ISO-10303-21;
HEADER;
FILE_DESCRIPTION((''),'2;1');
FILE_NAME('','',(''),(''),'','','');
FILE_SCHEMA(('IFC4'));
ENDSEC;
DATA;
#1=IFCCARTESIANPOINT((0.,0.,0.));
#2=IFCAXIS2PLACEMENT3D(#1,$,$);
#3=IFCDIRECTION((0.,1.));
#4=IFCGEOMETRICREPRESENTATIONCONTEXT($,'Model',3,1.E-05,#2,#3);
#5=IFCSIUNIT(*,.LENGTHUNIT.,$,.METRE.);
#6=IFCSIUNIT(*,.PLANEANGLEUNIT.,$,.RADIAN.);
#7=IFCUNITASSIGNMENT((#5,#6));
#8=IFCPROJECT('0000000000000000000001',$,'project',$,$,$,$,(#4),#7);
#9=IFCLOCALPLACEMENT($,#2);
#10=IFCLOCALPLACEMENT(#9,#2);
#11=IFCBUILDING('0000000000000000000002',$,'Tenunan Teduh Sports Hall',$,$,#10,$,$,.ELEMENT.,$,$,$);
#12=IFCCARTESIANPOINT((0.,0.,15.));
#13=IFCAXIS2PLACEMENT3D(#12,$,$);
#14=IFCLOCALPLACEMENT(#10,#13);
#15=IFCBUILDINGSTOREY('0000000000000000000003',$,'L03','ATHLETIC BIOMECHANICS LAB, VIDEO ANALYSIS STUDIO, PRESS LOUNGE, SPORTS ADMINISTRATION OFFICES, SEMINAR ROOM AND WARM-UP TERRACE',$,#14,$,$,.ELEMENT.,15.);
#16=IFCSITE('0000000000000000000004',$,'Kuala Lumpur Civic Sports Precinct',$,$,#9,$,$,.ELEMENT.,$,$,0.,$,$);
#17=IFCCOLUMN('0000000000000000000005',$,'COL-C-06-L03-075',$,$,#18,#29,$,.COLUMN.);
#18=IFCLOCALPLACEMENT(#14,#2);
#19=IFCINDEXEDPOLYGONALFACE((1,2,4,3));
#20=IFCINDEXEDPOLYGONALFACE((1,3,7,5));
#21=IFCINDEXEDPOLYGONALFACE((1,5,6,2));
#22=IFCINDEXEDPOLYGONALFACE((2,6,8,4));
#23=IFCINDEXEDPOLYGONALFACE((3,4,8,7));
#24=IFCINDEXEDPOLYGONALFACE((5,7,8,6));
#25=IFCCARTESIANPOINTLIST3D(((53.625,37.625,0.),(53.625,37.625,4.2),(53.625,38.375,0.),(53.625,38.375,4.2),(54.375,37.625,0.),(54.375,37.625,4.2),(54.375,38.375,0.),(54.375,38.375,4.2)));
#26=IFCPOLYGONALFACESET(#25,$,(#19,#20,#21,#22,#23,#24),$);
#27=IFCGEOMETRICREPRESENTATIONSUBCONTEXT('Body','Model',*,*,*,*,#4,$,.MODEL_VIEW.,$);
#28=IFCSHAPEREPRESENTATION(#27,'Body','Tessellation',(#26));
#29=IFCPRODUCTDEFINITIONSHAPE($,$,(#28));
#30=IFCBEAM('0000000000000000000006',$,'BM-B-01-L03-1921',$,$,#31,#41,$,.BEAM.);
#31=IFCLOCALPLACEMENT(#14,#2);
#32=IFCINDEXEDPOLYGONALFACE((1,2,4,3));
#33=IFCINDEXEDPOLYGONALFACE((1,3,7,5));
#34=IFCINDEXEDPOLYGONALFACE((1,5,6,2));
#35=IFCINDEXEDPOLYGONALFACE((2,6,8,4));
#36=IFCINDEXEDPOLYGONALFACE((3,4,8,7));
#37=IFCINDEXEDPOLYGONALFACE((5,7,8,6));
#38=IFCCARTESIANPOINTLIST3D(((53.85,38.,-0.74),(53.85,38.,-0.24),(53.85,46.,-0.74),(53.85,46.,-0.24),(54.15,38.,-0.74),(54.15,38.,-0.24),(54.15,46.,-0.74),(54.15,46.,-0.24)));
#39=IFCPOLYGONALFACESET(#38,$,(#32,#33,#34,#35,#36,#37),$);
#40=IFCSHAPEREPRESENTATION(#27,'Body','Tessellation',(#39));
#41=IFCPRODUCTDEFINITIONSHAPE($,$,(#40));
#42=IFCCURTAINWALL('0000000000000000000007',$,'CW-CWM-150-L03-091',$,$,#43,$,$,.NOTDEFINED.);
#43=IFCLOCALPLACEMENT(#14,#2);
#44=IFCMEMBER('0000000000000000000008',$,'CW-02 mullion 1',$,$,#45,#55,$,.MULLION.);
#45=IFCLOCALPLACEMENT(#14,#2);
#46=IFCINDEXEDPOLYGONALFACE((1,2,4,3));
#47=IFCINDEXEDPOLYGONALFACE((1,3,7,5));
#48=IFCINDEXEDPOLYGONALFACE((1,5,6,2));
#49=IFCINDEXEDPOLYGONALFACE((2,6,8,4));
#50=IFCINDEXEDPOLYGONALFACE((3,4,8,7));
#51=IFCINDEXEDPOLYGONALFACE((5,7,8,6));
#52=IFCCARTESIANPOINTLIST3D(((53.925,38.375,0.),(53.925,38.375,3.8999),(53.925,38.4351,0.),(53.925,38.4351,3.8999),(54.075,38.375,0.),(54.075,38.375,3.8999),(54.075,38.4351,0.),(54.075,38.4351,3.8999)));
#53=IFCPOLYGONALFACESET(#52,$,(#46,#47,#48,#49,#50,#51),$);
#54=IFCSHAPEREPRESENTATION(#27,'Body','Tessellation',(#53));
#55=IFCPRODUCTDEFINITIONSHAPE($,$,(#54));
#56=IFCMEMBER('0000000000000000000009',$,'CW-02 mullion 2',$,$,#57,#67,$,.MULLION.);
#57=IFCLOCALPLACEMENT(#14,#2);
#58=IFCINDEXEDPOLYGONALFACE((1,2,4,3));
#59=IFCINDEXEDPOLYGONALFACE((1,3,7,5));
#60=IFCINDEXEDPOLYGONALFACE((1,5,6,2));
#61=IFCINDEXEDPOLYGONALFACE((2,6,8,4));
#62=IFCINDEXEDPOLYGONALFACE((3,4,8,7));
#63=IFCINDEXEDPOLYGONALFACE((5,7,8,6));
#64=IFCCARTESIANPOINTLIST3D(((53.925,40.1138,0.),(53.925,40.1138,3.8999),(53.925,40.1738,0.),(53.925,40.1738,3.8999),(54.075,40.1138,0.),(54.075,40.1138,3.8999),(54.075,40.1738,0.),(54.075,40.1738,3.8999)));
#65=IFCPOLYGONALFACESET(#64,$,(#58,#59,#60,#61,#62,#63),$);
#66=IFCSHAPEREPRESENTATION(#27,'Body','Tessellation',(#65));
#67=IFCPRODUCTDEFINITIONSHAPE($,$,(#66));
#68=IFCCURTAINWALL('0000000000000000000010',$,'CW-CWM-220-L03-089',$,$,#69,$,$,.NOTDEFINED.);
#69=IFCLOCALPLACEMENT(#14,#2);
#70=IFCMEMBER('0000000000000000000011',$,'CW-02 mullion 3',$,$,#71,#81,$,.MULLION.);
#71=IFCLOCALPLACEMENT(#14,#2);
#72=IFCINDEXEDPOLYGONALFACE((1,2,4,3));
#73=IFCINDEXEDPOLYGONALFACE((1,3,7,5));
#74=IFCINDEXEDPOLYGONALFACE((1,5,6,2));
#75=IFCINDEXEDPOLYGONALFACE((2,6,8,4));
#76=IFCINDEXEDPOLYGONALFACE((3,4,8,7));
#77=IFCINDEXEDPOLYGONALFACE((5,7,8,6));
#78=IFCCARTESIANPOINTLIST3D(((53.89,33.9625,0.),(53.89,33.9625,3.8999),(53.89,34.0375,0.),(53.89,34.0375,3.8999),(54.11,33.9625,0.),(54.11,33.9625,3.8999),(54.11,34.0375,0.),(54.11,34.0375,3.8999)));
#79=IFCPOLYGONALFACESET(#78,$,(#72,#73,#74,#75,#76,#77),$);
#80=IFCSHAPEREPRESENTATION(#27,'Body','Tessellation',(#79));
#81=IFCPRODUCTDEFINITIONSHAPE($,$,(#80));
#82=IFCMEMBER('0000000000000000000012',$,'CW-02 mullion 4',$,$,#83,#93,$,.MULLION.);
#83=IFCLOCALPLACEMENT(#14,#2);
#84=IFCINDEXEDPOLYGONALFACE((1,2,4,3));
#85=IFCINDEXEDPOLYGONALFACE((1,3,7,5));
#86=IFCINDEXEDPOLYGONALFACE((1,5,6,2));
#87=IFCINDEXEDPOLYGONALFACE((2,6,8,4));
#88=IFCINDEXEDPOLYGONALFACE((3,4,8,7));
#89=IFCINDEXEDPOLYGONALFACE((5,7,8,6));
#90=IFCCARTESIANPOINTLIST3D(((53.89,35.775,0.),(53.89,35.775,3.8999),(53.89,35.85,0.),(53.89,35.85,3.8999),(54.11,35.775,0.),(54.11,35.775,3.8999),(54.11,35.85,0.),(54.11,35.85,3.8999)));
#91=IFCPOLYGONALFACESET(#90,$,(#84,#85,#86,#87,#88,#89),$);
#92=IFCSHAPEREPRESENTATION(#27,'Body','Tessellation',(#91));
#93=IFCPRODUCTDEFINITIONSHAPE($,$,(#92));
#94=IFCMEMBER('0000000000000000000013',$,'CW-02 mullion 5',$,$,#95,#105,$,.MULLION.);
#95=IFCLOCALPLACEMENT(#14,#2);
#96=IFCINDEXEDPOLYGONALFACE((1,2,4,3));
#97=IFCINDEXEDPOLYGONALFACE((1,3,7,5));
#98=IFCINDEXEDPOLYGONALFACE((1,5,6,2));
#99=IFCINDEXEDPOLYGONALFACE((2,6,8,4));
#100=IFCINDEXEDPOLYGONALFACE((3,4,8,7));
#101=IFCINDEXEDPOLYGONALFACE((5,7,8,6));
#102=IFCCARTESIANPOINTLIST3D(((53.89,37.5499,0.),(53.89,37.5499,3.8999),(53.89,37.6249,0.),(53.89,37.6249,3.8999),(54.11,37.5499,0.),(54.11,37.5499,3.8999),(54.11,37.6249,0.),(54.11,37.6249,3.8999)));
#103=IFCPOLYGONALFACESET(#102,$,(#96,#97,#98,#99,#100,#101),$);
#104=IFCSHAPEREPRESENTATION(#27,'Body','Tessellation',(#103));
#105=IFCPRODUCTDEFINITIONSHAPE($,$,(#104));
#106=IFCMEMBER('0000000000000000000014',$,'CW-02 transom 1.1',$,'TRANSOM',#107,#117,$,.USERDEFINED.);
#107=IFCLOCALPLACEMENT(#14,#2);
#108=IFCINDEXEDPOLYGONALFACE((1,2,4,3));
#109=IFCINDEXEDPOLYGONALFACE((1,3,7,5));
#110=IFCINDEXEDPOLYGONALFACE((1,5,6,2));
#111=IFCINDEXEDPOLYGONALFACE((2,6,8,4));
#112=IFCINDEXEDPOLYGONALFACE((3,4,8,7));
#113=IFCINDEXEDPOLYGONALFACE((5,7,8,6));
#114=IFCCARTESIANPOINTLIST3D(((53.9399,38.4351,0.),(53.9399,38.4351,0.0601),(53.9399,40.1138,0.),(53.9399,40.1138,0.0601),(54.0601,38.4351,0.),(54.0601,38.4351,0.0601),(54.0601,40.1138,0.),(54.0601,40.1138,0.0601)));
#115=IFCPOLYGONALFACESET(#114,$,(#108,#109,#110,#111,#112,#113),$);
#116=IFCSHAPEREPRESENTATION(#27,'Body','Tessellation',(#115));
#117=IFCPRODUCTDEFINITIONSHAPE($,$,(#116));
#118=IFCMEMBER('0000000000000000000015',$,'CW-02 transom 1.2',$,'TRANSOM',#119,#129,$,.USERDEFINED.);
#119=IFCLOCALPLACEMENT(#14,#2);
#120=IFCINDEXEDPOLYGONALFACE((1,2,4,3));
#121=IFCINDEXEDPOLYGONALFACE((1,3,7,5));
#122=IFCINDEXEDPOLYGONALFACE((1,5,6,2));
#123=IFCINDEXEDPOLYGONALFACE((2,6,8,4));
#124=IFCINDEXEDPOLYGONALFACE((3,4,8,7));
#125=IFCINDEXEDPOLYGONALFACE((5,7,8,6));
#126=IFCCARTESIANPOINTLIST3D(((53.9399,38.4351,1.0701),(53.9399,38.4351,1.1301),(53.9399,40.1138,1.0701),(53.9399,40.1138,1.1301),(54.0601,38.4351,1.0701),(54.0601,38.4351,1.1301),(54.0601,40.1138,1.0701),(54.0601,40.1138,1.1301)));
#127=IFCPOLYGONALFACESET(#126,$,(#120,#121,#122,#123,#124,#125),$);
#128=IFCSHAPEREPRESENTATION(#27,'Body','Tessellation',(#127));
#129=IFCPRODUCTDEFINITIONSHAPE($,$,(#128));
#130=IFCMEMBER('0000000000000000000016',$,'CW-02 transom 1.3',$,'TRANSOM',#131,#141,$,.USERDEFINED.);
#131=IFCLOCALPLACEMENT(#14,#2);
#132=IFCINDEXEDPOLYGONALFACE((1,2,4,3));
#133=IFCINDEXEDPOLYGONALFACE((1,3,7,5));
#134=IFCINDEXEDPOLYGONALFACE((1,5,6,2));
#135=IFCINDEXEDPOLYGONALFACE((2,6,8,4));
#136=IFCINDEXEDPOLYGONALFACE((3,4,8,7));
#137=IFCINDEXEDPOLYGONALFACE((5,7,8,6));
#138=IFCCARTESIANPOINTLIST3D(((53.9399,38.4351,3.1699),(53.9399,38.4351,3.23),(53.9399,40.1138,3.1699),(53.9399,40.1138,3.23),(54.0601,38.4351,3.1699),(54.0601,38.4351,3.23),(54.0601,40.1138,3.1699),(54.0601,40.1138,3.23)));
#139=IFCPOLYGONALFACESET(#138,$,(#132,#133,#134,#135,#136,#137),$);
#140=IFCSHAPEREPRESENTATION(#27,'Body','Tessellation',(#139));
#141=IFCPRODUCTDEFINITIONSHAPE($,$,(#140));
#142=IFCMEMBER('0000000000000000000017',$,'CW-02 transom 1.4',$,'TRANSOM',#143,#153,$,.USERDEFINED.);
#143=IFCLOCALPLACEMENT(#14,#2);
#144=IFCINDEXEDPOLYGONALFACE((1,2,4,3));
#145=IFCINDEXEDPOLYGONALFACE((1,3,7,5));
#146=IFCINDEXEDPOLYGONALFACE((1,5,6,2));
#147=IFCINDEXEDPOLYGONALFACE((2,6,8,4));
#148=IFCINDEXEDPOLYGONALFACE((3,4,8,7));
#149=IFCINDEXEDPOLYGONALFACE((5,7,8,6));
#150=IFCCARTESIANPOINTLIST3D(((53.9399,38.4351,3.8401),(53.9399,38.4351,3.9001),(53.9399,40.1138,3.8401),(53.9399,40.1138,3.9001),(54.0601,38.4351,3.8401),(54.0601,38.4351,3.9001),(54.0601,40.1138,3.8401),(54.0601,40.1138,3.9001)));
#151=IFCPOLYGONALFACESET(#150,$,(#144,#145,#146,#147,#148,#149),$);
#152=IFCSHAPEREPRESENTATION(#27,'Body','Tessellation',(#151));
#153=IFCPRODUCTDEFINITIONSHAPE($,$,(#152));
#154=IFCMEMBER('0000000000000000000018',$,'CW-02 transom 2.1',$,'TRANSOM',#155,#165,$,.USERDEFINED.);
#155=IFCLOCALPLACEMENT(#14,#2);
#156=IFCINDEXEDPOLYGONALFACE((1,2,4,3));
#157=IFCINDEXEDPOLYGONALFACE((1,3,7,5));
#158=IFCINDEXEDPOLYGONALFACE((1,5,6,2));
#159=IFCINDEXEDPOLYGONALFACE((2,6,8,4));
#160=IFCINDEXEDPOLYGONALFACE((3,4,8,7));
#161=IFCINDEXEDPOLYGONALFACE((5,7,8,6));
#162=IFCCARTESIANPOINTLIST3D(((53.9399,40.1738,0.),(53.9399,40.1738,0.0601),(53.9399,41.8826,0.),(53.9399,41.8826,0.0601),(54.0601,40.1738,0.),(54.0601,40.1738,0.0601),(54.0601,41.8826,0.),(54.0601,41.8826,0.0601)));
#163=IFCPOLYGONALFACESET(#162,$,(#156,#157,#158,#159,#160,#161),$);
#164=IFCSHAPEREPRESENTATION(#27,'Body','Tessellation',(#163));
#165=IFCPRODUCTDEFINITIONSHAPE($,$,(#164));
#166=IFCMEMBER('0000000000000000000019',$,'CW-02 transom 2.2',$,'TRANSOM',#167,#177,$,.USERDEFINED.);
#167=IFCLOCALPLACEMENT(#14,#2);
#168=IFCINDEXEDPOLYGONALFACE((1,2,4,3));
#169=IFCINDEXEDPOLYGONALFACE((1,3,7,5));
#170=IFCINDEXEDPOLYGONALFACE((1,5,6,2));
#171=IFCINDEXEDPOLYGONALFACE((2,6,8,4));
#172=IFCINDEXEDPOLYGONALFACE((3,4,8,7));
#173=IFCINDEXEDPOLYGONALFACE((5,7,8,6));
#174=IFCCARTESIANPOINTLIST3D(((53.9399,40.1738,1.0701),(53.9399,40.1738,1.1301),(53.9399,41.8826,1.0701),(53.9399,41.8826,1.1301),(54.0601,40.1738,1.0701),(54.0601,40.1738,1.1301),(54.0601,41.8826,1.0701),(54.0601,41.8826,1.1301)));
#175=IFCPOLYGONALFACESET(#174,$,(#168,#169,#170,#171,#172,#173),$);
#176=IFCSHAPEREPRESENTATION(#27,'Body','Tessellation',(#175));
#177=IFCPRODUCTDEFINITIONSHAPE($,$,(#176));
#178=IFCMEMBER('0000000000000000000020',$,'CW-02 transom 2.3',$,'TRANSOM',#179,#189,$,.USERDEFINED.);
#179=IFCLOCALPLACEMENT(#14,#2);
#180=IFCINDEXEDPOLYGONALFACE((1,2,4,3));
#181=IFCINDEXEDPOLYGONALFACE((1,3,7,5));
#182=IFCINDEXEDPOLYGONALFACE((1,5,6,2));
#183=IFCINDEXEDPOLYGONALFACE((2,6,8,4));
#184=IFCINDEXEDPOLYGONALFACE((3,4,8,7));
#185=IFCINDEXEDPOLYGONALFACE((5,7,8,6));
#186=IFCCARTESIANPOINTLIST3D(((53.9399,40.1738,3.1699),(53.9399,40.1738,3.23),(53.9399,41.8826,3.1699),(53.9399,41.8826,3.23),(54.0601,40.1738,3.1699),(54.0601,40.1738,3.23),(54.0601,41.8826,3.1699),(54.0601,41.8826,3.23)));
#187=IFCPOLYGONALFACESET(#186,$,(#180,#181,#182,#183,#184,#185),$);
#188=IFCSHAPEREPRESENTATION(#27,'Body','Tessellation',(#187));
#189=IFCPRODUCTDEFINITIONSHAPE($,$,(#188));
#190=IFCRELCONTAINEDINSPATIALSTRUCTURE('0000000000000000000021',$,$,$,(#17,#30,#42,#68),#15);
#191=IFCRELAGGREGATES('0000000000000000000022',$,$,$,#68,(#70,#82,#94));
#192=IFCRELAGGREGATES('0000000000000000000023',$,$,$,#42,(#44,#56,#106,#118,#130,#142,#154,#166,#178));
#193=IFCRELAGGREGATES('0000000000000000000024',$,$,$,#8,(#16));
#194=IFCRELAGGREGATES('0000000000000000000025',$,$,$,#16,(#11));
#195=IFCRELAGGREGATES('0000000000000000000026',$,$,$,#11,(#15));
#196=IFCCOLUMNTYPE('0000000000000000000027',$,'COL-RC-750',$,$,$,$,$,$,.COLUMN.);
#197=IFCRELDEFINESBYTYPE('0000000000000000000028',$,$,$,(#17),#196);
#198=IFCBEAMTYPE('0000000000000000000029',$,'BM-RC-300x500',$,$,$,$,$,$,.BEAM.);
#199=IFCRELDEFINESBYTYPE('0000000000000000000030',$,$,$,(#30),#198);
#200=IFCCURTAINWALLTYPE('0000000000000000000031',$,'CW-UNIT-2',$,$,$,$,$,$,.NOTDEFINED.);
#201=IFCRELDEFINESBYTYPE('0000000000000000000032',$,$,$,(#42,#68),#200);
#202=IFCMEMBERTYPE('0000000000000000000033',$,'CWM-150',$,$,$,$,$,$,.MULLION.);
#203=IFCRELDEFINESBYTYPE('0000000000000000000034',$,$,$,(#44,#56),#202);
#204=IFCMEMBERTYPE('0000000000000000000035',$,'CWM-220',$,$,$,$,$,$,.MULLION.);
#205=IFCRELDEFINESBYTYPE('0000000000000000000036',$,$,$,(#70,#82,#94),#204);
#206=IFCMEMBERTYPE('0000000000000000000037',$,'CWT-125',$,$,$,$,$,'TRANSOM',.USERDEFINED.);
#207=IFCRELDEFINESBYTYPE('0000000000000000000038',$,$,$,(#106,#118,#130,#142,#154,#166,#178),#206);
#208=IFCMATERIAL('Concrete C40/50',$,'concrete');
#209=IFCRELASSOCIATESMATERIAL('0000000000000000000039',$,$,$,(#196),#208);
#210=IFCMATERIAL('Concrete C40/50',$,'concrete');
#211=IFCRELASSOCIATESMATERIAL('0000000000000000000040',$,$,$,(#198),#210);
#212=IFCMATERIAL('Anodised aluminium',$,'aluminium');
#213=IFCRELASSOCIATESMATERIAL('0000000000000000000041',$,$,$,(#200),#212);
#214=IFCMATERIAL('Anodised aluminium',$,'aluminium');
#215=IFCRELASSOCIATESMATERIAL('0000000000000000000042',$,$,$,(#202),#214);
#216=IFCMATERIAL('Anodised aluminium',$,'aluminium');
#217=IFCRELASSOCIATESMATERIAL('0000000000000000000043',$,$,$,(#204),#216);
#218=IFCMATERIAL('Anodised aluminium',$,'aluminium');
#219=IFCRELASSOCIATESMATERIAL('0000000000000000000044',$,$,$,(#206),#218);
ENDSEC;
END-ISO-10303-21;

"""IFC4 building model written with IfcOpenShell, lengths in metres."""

from ifc_helpers import new_model, si_unit, direction, frame, origin, origin_2d, place, context, subcontext, project, spatial, rectangle, extrude, material, material_profile, profile_set, type_object, element, aggregate, save


model = new_model("IFC4")

# Units and contexts
model_context = context("Model", 3, precision=1e-05, world=origin(), true_north=direction((0.0, 1.0)))
body_context = subcontext(model_context, "Body", "Model", "MODEL_VIEW")
ifc_project = project(units=[si_unit("LENGTHUNIT", "METRE"), si_unit("PLANEANGLEUNIT", "RADIAN")], contexts=[model_context])

# Site, building, storey
site_placement = place(None, origin())
site = spatial("IfcSite", under=ifc_project, at=site_placement, Name="Kuala Lumpur Civic Sports Precinct", CompositionType="ELEMENT", RefElevation=0.0)
building_placement = place(site_placement, origin())
building = spatial("IfcBuilding", under=site, at=building_placement, Name="Tenunan Teduh Sports Hall", CompositionType="ELEMENT")
storey_placement = place(building_placement, frame((0.0, 0.0, 15.0)))
storey = spatial("IfcBuildingStorey", under=building, at=storey_placement, Name="L03", Description="ATHLETIC BIOMECHANICS LAB, VIDEO ANALYSIS STUDIO, PRESS LOUNGE, SPORTS ADMINISTRATION OFFICES, SEMINAR ROOM AND WARM-UP TERRACE", CompositionType="ELEMENT", Elevation=15.0)

# Column
ifc_material_1 = material(Name="Concrete C40/50", Category="concrete")
ifc_material_profile_1 = material_profile(ifc_material_1, rectangle(XDim=0.75, YDim=0.75, at=origin_2d()), Name="RC 750x750")
ifc_profile_set_1 = profile_set([ifc_material_profile_1], Name="Concrete C40/50")
column_type = type_object("IfcColumnType", Name="COL-RC-750", PredefinedType="COLUMN", material=ifc_profile_set_1)
column_placement = place(storey_placement, frame((54.0, 38.0, 0.0), z_axis=(0.0, 0.0, 1.0), x_axis=(1.0, 0.0, 0.0)))
element("IfcColumn", 1, at=column_placement, inside=storey, type_object=column_type, Name="COL-C-06-L03-075", PredefinedType="COLUMN", context=body_context, shape_type="SweptSolid", body=[
    extrude(rectangle(XDim=0.75, YDim=0.75, at=origin_2d()), origin(), (0.0, 0.0, 1.0), 4.2),
])

# Beam
ifc_material_2 = material(Name="Concrete C40/50", Category="concrete")
ifc_material_profile_2 = material_profile(ifc_material_2, rectangle(XDim=0.3, YDim=0.5, at=origin_2d()), Name="RCB 300x500")
ifc_profile_set_2 = profile_set([ifc_material_profile_2], Name="Concrete C40/50")
beam_type = type_object("IfcBeamType", Name="BM-RC-300x500", PredefinedType="BEAM", material=ifc_profile_set_2)
beam_placement = place(storey_placement, frame((54.0, 38.0, -0.49), z_axis=(0.0, 1.0, 0.0), x_axis=(-1.0, 0.0, 0.0)))
element("IfcBeam", 2, at=beam_placement, inside=storey, type_object=beam_type, Name="BM-B-01-L03-1921", PredefinedType="BEAM", context=body_context, shape_type="SweptSolid", body=[
    extrude(rectangle(XDim=0.3, YDim=0.5, at=origin_2d()), origin(), (0.0, 0.0, 1.0), 8.0),
])

# Curtain walls, members
ifc_material_3 = material(Name="Anodised aluminium", Category="aluminium")
curtain_wall_type = type_object("IfcCurtainWallType", Name="CW-UNIT-2", PredefinedType="NOTDEFINED", material=ifc_material_3)
curtain_wall_1_placement = place(storey_placement, origin())
curtain_wall_1 = element("IfcCurtainWall", 3, at=curtain_wall_1_placement, inside=storey, type_object=curtain_wall_type, Name="CW-CWM-150-L03-091", PredefinedType="NOTDEFINED")
ifc_material_4 = material(Name="Anodised aluminium", Category="aluminium")
ifc_material_profile_3 = material_profile(ifc_material_4, rectangle(XDim=0.0601, YDim=0.1499, at=origin_2d()), Name="CWM 60x150")
ifc_profile_set_3 = profile_set([ifc_material_profile_3], Name="Anodised aluminium")
member_type_1 = type_object("IfcMemberType", Name="CWM-150", PredefinedType="MULLION", material=ifc_profile_set_3)
member_1_placement = place(storey_placement, frame((54.0, 38.405, 0.0), z_axis=(0.0, 0.0, 1.0), x_axis=(0.0, 1.0, 0.0)))
member_1 = element("IfcMember", 4, at=member_1_placement, type_object=member_type_1, Name="CW-02 mullion 1", PredefinedType="MULLION", context=body_context, shape_type="SweptSolid", body=[
    extrude(rectangle(XDim=0.0601, YDim=0.1499, at=origin_2d()), origin(), (0.0, 0.0, 1.0), 3.8999),
])
member_2_placement = place(storey_placement, frame((54.0, 40.1438, 0.0), z_axis=(0.0, 0.0, 1.0), x_axis=(0.0, 1.0, 0.0)))
member_2 = element("IfcMember", 5, at=member_2_placement, type_object=member_type_1, Name="CW-02 mullion 2", PredefinedType="MULLION", context=body_context, shape_type="SweptSolid", body=[
    extrude(rectangle(XDim=0.0601, YDim=0.1499, at=origin_2d()), origin(), (0.0, 0.0, 1.0), 3.8999),
])
curtain_wall_2_placement = place(storey_placement, origin())
curtain_wall_2 = element("IfcCurtainWall", 6, at=curtain_wall_2_placement, inside=storey, type_object=curtain_wall_type, Name="CW-CWM-220-L03-089", PredefinedType="NOTDEFINED")
ifc_material_5 = material(Name="Anodised aluminium", Category="aluminium")
ifc_material_profile_4 = material_profile(ifc_material_5, rectangle(XDim=0.075, YDim=0.22, at=origin_2d()), Name="CWM 75x220")
ifc_profile_set_4 = profile_set([ifc_material_profile_4], Name="Anodised aluminium")
member_type_2 = type_object("IfcMemberType", Name="CWM-220", PredefinedType="MULLION", material=ifc_profile_set_4)
member_3_placement = place(storey_placement, frame((54.0, 34.0, 0.0), z_axis=(0.0, 0.0, 1.0), x_axis=(0.0, 1.0, 0.0)))
member_3 = element("IfcMember", 7, at=member_3_placement, type_object=member_type_2, Name="CW-02 mullion 3", PredefinedType="MULLION", context=body_context, shape_type="SweptSolid", body=[
    extrude(rectangle(XDim=0.075, YDim=0.22, at=origin_2d()), origin(), (0.0, 0.0, 1.0), 3.8999),
])
member_4_placement = place(storey_placement, frame((54.0, 35.8125, 0.0), z_axis=(0.0, 0.0, 1.0), x_axis=(0.0, 1.0, 0.0)))
member_4 = element("IfcMember", 8, at=member_4_placement, type_object=member_type_2, Name="CW-02 mullion 4", PredefinedType="MULLION", context=body_context, shape_type="SweptSolid", body=[
    extrude(rectangle(XDim=0.075, YDim=0.22, at=origin_2d()), origin(), (0.0, 0.0, 1.0), 3.8999),
])
member_5_placement = place(storey_placement, frame((54.0, 37.5874, 0.0), z_axis=(0.0, 0.0, 1.0), x_axis=(0.0, 1.0, 0.0)))
member_5 = element("IfcMember", 9, at=member_5_placement, type_object=member_type_2, Name="CW-02 mullion 5", PredefinedType="MULLION", context=body_context, shape_type="SweptSolid", body=[
    extrude(rectangle(XDim=0.075, YDim=0.22, at=origin_2d()), origin(), (0.0, 0.0, 1.0), 3.8999),
])

# Members
ifc_material_6 = material(Name="Anodised aluminium", Category="aluminium")
ifc_material_profile_5 = material_profile(ifc_material_6, rectangle(XDim=0.0601, YDim=0.1201, at=origin_2d()), Name="CWT 60x120")
ifc_profile_set_5 = profile_set([ifc_material_profile_5], Name="Anodised aluminium")
member_type_3 = type_object("IfcMemberType", Name="CWT-125", ElementType="TRANSOM", PredefinedType="USERDEFINED", material=ifc_profile_set_5)
member_6_placement = place(storey_placement, frame((54.0, 38.4351, 0.03), z_axis=(0.0, 1.0, 0.0), x_axis=(0.0, 0.0, 1.0)))
member_6 = element("IfcMember", 10, at=member_6_placement, type_object=member_type_3, Name="CW-02 transom 1.1", ObjectType="TRANSOM", PredefinedType="USERDEFINED", context=body_context, shape_type="SweptSolid", body=[
    extrude(rectangle(XDim=0.0601, YDim=0.1201, at=origin_2d()), origin(), (0.0, 0.0, 1.0), 1.6787),
])
member_7_placement = place(storey_placement, frame((54.0, 38.4351, 1.1001), z_axis=(0.0, 1.0, 0.0), x_axis=(0.0, 0.0, 1.0)))
member_7 = element("IfcMember", 11, at=member_7_placement, type_object=member_type_3, Name="CW-02 transom 1.2", ObjectType="TRANSOM", PredefinedType="USERDEFINED", context=body_context, shape_type="SweptSolid", body=[
    extrude(rectangle(XDim=0.0601, YDim=0.1201, at=origin_2d()), origin(), (0.0, 0.0, 1.0), 1.6787),
])
member_8_placement = place(storey_placement, frame((54.0, 38.4351, 3.2), z_axis=(0.0, 1.0, 0.0), x_axis=(0.0, 0.0, 1.0)))
member_8 = element("IfcMember", 12, at=member_8_placement, type_object=member_type_3, Name="CW-02 transom 1.3", ObjectType="TRANSOM", PredefinedType="USERDEFINED", context=body_context, shape_type="SweptSolid", body=[
    extrude(rectangle(XDim=0.0601, YDim=0.1201, at=origin_2d()), origin(), (0.0, 0.0, 1.0), 1.6787),
])
member_9_placement = place(storey_placement, frame((54.0, 38.4351, 3.8701), z_axis=(0.0, 1.0, 0.0), x_axis=(0.0, 0.0, 1.0)))
member_9 = element("IfcMember", 13, at=member_9_placement, type_object=member_type_3, Name="CW-02 transom 1.4", ObjectType="TRANSOM", PredefinedType="USERDEFINED", context=body_context, shape_type="SweptSolid", body=[
    extrude(rectangle(XDim=0.0601, YDim=0.1201, at=origin_2d()), origin(), (0.0, 0.0, 1.0), 1.6787),
])
member_10_placement = place(storey_placement, frame((54.0, 40.1738, 0.03), z_axis=(0.0, 1.0, 0.0), x_axis=(0.0, 0.0, 1.0)))
member_10 = element("IfcMember", 14, at=member_10_placement, type_object=member_type_3, Name="CW-02 transom 2.1", ObjectType="TRANSOM", PredefinedType="USERDEFINED", context=body_context, shape_type="SweptSolid", body=[
    extrude(rectangle(XDim=0.0601, YDim=0.1201, at=origin_2d()), origin(), (0.0, 0.0, 1.0), 1.7087),
])
member_11_placement = place(storey_placement, frame((54.0, 40.1738, 1.1001), z_axis=(0.0, 1.0, 0.0), x_axis=(0.0, 0.0, 1.0)))
member_11 = element("IfcMember", 15, at=member_11_placement, type_object=member_type_3, Name="CW-02 transom 2.2", ObjectType="TRANSOM", PredefinedType="USERDEFINED", context=body_context, shape_type="SweptSolid", body=[
    extrude(rectangle(XDim=0.0601, YDim=0.1201, at=origin_2d()), origin(), (0.0, 0.0, 1.0), 1.7087),
])
member_12_placement = place(storey_placement, frame((54.0, 40.1738, 3.2), z_axis=(0.0, 1.0, 0.0), x_axis=(0.0, 0.0, 1.0)))
member_12 = element("IfcMember", 16, at=member_12_placement, type_object=member_type_3, Name="CW-02 transom 2.3", ObjectType="TRANSOM", PredefinedType="USERDEFINED", context=body_context, shape_type="SweptSolid", body=[
    extrude(rectangle(XDim=0.0601, YDim=0.1201, at=origin_2d()), origin(), (0.0, 0.0, 1.0), 1.7087),
])

aggregate(curtain_wall_2, [member_3, member_4, member_5])
aggregate(curtain_wall_1, [member_1, member_2, member_6, member_7, member_8, member_9, member_10, member_11, member_12])

save(model, "model.ifc")
